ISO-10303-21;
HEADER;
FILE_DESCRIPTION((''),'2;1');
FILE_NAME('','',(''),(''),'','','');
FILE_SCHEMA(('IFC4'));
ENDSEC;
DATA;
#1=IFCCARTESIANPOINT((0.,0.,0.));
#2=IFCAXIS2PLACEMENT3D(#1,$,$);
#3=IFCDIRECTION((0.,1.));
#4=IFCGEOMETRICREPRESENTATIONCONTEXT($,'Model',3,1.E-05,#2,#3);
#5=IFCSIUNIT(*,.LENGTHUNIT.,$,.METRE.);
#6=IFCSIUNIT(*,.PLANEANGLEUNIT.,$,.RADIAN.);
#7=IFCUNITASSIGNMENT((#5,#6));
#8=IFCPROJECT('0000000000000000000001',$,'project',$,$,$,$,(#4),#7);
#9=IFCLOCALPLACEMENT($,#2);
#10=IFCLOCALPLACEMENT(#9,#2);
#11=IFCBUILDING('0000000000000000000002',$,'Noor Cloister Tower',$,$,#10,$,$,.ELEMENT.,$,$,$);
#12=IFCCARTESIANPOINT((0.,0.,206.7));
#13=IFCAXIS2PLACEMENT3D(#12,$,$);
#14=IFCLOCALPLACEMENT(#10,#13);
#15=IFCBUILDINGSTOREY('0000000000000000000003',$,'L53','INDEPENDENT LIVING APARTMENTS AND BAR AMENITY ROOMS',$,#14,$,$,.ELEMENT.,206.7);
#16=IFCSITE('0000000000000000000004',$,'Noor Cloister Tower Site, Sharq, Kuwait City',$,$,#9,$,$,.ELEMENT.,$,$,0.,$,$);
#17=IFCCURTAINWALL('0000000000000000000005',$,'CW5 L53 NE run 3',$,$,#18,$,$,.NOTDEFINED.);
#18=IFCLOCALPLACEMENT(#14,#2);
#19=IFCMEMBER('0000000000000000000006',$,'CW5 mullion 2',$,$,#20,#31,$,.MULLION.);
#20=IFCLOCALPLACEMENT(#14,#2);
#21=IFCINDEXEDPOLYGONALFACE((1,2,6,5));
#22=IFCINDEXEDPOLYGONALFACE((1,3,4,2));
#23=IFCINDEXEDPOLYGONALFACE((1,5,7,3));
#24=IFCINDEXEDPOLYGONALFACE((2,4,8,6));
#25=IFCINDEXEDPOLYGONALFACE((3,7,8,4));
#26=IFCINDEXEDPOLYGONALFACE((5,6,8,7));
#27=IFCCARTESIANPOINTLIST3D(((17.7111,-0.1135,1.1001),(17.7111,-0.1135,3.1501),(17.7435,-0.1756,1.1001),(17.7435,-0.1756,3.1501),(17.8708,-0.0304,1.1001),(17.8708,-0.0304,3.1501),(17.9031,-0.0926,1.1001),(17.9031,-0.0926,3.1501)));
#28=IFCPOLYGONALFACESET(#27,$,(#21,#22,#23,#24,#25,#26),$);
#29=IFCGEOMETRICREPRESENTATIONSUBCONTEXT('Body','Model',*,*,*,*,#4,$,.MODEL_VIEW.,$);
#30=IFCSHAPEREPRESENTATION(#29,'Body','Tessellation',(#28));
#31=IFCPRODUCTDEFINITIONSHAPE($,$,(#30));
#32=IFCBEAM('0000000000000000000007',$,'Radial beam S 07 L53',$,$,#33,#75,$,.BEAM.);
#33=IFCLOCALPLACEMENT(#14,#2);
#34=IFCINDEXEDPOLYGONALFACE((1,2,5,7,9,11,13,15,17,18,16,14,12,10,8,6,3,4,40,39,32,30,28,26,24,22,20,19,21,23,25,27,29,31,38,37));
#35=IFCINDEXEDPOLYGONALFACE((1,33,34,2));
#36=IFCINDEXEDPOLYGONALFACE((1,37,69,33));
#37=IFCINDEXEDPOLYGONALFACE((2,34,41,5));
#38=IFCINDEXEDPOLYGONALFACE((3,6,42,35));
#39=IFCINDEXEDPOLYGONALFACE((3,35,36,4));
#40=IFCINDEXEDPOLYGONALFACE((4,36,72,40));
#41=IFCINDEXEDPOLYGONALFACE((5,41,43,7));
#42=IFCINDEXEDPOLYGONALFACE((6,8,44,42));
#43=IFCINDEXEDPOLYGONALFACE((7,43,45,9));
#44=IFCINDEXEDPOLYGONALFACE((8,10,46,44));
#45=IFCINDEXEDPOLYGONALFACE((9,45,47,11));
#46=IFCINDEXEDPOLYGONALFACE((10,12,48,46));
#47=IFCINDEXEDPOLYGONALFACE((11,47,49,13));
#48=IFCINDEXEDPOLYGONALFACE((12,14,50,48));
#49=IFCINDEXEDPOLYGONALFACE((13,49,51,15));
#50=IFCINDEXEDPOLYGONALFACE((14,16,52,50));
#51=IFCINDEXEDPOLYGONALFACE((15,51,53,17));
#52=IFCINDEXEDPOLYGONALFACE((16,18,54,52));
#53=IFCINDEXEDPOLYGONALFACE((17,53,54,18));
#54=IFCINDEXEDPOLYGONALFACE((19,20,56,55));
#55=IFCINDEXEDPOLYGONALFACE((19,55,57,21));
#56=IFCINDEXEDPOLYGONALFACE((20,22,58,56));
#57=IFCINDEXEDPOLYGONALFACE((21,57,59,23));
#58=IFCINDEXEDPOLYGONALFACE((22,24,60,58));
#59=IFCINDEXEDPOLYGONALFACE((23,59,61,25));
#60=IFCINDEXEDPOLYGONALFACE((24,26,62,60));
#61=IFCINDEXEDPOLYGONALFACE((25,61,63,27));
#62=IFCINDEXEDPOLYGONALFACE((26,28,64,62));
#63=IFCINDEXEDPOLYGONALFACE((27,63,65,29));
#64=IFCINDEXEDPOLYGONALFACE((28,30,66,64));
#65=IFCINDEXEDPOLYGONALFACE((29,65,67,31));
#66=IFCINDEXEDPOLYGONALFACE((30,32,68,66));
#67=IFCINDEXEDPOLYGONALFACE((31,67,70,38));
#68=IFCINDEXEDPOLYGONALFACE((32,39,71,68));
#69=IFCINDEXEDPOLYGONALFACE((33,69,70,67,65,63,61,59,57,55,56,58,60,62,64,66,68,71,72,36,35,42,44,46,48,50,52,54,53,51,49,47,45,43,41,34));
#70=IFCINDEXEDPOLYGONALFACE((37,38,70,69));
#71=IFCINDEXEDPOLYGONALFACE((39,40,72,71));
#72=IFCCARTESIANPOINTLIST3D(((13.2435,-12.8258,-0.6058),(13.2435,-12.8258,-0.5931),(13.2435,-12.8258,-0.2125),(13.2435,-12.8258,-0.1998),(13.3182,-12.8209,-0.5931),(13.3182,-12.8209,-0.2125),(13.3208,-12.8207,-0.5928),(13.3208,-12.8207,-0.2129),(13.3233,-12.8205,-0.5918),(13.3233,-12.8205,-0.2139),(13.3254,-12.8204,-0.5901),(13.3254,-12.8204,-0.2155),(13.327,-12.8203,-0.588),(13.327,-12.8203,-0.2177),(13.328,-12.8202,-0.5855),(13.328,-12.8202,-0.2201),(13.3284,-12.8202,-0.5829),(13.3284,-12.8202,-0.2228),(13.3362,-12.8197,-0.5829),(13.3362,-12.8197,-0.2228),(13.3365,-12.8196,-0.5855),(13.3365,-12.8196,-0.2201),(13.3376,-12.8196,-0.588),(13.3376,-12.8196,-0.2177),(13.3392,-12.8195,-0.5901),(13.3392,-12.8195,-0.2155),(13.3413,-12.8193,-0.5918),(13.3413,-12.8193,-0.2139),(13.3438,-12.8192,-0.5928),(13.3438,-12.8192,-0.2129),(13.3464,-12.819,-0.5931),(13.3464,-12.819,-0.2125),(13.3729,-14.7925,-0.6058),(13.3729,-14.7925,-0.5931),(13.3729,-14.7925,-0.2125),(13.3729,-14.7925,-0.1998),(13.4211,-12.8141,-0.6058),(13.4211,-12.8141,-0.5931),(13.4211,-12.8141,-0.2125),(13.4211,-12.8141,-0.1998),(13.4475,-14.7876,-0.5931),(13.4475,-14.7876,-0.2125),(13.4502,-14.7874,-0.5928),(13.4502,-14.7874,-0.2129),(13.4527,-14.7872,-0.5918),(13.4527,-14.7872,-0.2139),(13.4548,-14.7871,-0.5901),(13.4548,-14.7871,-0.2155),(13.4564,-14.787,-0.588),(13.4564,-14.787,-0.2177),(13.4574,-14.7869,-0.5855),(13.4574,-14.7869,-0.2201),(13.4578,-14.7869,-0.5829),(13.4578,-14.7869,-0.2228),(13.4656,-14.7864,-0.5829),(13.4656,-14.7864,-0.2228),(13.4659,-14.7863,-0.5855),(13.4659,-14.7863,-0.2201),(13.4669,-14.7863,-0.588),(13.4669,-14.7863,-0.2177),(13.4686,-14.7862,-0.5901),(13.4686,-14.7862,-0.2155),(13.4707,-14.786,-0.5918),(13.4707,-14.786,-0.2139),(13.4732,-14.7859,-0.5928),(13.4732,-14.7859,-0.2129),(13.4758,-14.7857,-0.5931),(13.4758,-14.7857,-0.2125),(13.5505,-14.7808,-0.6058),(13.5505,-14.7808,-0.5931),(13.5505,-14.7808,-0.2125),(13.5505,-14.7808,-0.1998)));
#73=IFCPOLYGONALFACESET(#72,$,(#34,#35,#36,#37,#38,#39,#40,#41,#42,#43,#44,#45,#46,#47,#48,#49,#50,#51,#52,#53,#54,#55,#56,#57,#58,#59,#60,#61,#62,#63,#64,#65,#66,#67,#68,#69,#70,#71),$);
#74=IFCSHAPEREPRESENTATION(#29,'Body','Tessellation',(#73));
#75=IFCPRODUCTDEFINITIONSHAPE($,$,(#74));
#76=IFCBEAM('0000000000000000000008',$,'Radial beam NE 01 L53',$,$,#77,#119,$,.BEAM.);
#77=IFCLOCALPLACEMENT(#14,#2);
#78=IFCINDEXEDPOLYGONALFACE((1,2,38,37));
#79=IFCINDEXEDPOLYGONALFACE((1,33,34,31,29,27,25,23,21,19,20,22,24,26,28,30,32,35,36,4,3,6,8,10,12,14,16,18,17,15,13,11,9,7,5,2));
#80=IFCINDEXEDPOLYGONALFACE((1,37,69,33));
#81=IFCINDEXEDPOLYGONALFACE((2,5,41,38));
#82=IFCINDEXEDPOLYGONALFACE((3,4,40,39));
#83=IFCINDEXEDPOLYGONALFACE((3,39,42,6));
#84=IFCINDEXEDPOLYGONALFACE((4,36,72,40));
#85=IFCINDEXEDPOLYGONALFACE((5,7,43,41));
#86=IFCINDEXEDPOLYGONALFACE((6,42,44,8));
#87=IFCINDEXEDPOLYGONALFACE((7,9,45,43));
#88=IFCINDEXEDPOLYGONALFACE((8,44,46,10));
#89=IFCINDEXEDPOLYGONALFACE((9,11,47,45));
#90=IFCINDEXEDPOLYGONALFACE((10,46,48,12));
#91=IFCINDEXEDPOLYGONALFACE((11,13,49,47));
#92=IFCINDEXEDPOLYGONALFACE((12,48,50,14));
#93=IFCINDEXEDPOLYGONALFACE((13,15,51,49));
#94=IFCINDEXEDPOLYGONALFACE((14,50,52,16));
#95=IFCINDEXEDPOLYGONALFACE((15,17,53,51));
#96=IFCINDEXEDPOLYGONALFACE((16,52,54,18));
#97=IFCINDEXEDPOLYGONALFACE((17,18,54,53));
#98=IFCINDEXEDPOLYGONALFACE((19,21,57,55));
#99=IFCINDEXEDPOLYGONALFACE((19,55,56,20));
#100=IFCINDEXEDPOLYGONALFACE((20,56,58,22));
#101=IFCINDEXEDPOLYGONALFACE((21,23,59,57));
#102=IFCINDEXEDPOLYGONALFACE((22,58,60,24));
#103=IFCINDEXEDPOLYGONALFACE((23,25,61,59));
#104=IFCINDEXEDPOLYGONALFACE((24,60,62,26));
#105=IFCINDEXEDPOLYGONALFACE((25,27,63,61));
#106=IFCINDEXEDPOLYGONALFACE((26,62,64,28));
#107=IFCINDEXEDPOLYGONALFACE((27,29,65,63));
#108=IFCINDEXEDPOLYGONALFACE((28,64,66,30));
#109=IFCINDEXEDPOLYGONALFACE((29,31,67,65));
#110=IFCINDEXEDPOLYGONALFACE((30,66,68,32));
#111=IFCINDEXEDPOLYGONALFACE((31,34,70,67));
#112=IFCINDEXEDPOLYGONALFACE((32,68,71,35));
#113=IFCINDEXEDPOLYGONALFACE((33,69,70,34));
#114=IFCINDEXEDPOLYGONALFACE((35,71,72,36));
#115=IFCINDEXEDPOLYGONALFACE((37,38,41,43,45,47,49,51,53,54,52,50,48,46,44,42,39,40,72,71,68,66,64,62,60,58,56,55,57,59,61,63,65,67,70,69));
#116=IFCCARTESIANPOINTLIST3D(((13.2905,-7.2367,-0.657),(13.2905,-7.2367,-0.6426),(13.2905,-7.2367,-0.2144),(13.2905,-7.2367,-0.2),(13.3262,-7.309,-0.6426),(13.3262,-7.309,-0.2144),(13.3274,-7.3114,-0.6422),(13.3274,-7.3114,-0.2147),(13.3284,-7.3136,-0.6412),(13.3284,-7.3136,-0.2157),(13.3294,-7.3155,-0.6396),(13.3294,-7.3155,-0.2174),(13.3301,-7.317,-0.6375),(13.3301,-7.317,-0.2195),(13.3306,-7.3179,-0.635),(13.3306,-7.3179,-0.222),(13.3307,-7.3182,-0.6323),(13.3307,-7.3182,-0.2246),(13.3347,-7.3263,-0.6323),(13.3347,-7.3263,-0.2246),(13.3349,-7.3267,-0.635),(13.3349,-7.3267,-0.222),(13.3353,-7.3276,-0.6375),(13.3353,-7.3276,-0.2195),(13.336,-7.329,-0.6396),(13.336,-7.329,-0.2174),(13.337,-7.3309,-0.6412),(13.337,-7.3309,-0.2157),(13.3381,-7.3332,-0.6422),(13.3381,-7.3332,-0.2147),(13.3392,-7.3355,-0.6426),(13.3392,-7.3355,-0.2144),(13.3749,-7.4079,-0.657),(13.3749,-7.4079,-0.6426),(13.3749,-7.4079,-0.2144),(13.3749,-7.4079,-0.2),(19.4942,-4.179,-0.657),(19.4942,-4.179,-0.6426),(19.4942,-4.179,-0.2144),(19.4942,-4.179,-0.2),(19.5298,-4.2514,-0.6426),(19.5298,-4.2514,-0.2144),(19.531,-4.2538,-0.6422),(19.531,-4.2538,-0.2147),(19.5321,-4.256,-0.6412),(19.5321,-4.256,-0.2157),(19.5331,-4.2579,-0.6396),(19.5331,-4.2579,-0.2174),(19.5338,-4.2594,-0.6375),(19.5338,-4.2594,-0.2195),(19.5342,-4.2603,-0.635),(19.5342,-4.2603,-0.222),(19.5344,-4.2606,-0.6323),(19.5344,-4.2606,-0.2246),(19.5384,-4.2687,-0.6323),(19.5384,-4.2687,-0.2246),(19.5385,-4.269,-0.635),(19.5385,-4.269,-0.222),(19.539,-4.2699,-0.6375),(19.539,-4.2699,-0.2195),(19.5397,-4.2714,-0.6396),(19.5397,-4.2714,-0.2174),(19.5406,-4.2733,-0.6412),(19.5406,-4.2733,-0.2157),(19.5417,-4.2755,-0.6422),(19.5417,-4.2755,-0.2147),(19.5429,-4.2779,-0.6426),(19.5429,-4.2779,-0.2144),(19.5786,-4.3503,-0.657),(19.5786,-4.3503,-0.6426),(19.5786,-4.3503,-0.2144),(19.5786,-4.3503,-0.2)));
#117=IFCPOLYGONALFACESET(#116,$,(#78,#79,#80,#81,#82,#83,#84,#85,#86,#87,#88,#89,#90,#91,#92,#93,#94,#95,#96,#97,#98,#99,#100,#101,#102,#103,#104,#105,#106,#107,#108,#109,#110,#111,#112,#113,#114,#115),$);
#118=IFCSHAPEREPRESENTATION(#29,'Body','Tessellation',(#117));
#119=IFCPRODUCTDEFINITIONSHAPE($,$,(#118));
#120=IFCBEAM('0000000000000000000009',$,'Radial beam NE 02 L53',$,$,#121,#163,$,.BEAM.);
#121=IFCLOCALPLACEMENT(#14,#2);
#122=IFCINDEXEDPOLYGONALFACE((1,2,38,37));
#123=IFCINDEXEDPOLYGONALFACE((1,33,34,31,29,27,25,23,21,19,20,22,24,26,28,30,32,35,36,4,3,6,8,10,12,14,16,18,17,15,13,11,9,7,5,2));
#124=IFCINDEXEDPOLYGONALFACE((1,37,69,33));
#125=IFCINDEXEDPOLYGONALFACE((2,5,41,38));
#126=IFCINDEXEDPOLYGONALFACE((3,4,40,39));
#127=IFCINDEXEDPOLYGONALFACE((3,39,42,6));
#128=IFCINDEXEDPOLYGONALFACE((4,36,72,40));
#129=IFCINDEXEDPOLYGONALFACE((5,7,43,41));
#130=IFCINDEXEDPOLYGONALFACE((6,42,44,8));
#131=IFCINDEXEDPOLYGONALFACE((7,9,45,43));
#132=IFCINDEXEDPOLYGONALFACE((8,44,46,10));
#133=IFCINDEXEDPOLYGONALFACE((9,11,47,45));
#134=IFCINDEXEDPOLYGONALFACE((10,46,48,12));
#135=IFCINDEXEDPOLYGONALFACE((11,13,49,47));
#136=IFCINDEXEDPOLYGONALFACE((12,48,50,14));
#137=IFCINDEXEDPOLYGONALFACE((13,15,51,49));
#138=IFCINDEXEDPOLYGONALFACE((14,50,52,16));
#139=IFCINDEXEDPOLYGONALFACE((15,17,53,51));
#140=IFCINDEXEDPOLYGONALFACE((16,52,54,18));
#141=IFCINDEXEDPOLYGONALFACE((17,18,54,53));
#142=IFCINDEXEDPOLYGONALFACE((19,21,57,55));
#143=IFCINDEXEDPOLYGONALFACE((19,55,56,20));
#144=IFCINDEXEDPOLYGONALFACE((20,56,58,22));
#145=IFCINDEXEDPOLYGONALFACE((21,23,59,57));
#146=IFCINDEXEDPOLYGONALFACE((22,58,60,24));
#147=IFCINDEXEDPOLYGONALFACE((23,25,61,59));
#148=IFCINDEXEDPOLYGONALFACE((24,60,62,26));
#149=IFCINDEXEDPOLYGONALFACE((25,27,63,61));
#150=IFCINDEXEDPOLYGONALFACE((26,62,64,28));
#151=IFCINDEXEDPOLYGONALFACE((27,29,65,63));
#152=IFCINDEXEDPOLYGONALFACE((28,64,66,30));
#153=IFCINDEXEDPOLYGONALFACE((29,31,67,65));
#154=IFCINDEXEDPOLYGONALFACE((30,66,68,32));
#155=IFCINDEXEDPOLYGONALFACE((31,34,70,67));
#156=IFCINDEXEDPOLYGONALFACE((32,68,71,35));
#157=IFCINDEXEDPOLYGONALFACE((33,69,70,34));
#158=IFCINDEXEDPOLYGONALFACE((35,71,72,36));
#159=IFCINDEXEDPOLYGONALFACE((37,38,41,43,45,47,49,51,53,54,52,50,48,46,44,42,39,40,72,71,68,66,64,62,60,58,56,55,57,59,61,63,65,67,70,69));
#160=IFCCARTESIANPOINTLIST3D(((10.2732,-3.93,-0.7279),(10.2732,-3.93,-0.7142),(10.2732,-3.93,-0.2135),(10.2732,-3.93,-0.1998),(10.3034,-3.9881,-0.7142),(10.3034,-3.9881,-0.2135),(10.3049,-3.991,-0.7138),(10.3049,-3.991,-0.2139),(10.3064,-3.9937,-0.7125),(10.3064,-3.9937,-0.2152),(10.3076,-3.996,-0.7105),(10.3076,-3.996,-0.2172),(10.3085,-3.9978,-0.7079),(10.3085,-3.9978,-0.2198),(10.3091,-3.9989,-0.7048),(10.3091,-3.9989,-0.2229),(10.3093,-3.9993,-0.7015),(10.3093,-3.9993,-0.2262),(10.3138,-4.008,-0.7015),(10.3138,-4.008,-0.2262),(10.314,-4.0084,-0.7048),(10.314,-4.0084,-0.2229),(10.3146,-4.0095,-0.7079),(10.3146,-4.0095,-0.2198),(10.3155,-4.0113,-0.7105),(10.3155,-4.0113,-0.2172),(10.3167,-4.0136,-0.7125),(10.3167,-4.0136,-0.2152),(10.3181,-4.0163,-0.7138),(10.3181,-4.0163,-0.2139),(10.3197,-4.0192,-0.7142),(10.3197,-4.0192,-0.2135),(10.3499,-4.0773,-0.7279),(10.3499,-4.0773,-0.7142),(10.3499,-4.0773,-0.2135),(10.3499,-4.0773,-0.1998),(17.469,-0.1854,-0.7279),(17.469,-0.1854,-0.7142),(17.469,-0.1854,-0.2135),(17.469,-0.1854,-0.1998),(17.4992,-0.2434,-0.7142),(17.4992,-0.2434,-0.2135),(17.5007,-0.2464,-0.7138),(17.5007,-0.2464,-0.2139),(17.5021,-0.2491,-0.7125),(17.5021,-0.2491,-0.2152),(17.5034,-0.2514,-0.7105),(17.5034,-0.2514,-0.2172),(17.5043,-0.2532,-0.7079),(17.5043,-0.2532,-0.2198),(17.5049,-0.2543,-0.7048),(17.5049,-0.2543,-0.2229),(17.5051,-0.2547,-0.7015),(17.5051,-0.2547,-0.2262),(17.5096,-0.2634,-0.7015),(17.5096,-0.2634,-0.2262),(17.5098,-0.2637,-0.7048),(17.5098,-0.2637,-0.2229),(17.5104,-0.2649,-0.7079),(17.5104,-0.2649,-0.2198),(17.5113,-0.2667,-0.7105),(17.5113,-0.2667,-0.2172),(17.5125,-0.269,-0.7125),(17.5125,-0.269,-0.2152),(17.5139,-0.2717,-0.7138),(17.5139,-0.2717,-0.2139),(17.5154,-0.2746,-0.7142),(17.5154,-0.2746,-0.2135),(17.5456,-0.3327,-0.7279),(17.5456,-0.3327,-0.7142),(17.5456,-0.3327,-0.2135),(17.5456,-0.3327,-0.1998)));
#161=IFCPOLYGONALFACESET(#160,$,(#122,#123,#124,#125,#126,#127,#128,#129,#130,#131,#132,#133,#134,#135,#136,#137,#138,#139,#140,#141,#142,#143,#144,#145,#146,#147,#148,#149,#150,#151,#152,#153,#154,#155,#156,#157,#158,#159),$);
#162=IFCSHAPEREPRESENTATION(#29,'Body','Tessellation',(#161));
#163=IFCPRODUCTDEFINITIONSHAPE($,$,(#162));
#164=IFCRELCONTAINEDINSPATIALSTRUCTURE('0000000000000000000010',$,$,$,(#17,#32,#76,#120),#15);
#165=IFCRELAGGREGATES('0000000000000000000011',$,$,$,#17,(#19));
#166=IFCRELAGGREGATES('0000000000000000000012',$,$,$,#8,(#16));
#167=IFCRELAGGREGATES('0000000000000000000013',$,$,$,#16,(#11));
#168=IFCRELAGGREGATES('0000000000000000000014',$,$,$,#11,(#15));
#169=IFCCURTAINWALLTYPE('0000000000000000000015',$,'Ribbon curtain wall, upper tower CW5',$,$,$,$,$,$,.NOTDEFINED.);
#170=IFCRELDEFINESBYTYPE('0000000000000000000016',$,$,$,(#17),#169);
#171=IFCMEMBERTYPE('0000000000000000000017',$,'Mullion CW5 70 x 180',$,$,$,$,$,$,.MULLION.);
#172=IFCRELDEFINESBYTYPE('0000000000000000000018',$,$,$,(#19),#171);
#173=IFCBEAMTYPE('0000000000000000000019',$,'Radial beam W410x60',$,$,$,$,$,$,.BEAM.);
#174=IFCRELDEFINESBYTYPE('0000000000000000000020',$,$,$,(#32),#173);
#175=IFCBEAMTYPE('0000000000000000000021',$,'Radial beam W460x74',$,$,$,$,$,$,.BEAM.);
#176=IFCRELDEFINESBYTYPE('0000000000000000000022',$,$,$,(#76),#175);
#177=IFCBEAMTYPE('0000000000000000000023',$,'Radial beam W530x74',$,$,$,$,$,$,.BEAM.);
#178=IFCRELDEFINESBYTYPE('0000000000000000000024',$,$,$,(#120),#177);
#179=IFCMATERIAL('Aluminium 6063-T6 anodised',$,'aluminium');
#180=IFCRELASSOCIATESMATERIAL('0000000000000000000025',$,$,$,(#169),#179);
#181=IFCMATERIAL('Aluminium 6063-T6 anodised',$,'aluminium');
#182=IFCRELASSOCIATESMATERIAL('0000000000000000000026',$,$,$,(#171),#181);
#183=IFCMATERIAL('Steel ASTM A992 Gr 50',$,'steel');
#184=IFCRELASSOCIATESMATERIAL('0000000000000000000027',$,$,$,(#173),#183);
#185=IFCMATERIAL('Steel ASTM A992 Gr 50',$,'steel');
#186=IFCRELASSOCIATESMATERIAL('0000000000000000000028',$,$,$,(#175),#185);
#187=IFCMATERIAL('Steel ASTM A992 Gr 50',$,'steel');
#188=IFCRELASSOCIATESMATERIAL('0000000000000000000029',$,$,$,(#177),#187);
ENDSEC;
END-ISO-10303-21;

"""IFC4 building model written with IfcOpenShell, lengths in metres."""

from ifc_helpers import new_model, si_unit, direction, frame, origin, origin_2d, place, context, subcontext, project, spatial, rectangle, i_section, extrude, material, material_profile, profile_set, type_object, element, aggregate, save


model = new_model("IFC4")

# Units and contexts
model_context = context("Model", 3, precision=1e-05, world=origin(), true_north=direction((0.0, 1.0)))
body_context = subcontext(model_context, "Body", "Model", "MODEL_VIEW")
ifc_project = project(units=[si_unit("LENGTHUNIT", "METRE"), si_unit("PLANEANGLEUNIT", "RADIAN")], contexts=[model_context])

# Site, building, storey
site_placement = place(None, origin())
site = spatial("IfcSite", under=ifc_project, at=site_placement, Name="Noor Cloister Tower Site, Sharq, Kuwait City", CompositionType="ELEMENT", RefElevation=0.0)
building_placement = place(site_placement, origin())
building = spatial("IfcBuilding", under=site, at=building_placement, Name="Noor Cloister Tower", CompositionType="ELEMENT")
storey_placement = place(building_placement, frame((0.0, 0.0, 206.7)))
storey = spatial("IfcBuildingStorey", under=building, at=storey_placement, Name="L53", Description="INDEPENDENT LIVING APARTMENTS AND BAR AMENITY ROOMS", CompositionType="ELEMENT", Elevation=206.7)

# Curtain wall, member
ifc_material_1 = material(Name="Aluminium 6063-T6 anodised", Category="aluminium")
curtain_wall_type = type_object("IfcCurtainWallType", Name="Ribbon curtain wall, upper tower CW5", PredefinedType="NOTDEFINED", material=ifc_material_1)
ifc_material_2 = material(Name="Aluminium 6063-T6 anodised", Category="aluminium")
ifc_material_profile_1 = material_profile(ifc_material_2, rectangle(XDim=0.1799, YDim=0.0701, at=origin_2d()), Name="180 x 70 mullion")
ifc_profile_set_1 = profile_set([ifc_material_profile_1], Name="Aluminium 6063-T6 anodised")
member_type = type_object("IfcMemberType", Name="Mullion CW5 70 x 180", PredefinedType="MULLION", material=ifc_profile_set_1)
curtain_wall_1_placement = place(storey_placement, origin())
curtain_wall_1 = element("IfcCurtainWall", 1, at=curtain_wall_1_placement, inside=storey, type_object=curtain_wall_type, Name="CW5 L53 NE run 3", PredefinedType="NOTDEFINED")
member_1_placement = place(storey_placement, frame((17.8071, -0.103, 1.1001), z_axis=(0.0, 0.0, 1.0), x_axis=(-0.88708, -0.461616, 0.0)))
member_1 = element("IfcMember", 2, at=member_1_placement, type_object=member_type, Name="CW5 mullion 2", PredefinedType="MULLION", context=body_context, shape_type="SweptSolid", body=[
    extrude(rectangle(XDim=0.1799, YDim=0.0701, at=origin_2d()), origin(), (0.0, 0.0, 1.0), 2.05),
])

# Beams
ifc_material_3 = material(Name="Steel ASTM A992 Gr 50", Category="steel")
ifc_material_profile_2 = material_profile(ifc_material_3, i_section(OverallWidth=0.178, OverallDepth=0.406, WebThickness=0.0078, FlangeThickness=0.0127, FilletRadius=0.0103, at=origin_2d()), Name="W410x60")
ifc_profile_set_2 = profile_set([ifc_material_profile_2], Name="Steel ASTM A992 Gr 50")
beam_type_1 = type_object("IfcBeamType", Name="Radial beam W410x60", PredefinedType="BEAM", material=ifc_profile_set_2)
beam_1_placement = place(storey_placement, frame((13.4617, -14.7866, -0.4028), z_axis=(-0.065648, 0.997843, 0.0), x_axis=(-0.997843, -0.065648, 0.0)))
element("IfcBeam", 3, at=beam_1_placement, inside=storey, type_object=beam_type_1, Name="Radial beam S 07 L53", PredefinedType="BEAM", context=body_context, shape_type="SweptSolid", body=[
    extrude(i_section(OverallWidth=0.178, OverallDepth=0.406, WebThickness=0.0078, FlangeThickness=0.0127, FilletRadius=0.0103, at=origin_2d()), origin(), (0.0, 0.0, 1.0), 1.9709),
])
ifc_material_4 = material(Name="Steel ASTM A992 Gr 50", Category="steel")
ifc_material_profile_3 = material_profile(ifc_material_4, i_section(OverallWidth=0.1909, OverallDepth=0.457, WebThickness=0.009, FlangeThickness=0.0144, FilletRadius=0.0103, at=origin_2d()), Name="W460x74")
ifc_profile_set_3 = profile_set([ifc_material_profile_3], Name="Steel ASTM A992 Gr 50")
beam_type_2 = type_object("IfcBeamType", Name="Radial beam W460x74", PredefinedType="BEAM", material=ifc_profile_set_3)
beam_2_placement = place(storey_placement, frame((19.5364, -4.2646, -0.4285), z_axis=(-0.896968, -0.442095, 0.0), x_axis=(0.442095, -0.896968, 0.0)))
element("IfcBeam", 4, at=beam_2_placement, inside=storey, type_object=beam_type_2, Name="Radial beam NE 01 L53", PredefinedType="BEAM", context=body_context, shape_type="SweptSolid", body=[
    extrude(i_section(OverallWidth=0.1909, OverallDepth=0.457, WebThickness=0.009, FlangeThickness=0.0144, FilletRadius=0.0103, at=origin_2d()), origin(), (0.0, 0.0, 1.0), 6.9163),
])
ifc_material_5 = material(Name="Steel ASTM A992 Gr 50", Category="steel")
ifc_material_profile_4 = material_profile(ifc_material_5, i_section(OverallWidth=0.166, OverallDepth=0.5281, WebThickness=0.0098, FlangeThickness=0.0137, FilletRadius=0.0127, at=origin_2d()), Name="W530x74")
ifc_profile_set_4 = profile_set([ifc_material_profile_4], Name="Steel ASTM A992 Gr 50")
beam_type_3 = type_object("IfcBeamType", Name="Radial beam W530x74", PredefinedType="BEAM", material=ifc_profile_set_4)
beam_3_placement = place(storey_placement, frame((17.5073, -0.259, -0.4639), z_axis=(-0.887075, -0.461626, 0.0), x_axis=(0.461626, -0.887075, 0.0)))
element("IfcBeam", 5, at=beam_3_placement, inside=storey, type_object=beam_type_3, Name="Radial beam NE 02 L53", PredefinedType="BEAM", context=body_context, shape_type="SweptSolid", body=[
    extrude(i_section(OverallWidth=0.166, OverallDepth=0.5281, WebThickness=0.0098, FlangeThickness=0.0137, FilletRadius=0.0127, at=origin_2d()), origin(), (0.0, 0.0, 1.0), 8.1118),
])

aggregate(curtain_wall_1, [member_1])

save(model, "model.ifc")
